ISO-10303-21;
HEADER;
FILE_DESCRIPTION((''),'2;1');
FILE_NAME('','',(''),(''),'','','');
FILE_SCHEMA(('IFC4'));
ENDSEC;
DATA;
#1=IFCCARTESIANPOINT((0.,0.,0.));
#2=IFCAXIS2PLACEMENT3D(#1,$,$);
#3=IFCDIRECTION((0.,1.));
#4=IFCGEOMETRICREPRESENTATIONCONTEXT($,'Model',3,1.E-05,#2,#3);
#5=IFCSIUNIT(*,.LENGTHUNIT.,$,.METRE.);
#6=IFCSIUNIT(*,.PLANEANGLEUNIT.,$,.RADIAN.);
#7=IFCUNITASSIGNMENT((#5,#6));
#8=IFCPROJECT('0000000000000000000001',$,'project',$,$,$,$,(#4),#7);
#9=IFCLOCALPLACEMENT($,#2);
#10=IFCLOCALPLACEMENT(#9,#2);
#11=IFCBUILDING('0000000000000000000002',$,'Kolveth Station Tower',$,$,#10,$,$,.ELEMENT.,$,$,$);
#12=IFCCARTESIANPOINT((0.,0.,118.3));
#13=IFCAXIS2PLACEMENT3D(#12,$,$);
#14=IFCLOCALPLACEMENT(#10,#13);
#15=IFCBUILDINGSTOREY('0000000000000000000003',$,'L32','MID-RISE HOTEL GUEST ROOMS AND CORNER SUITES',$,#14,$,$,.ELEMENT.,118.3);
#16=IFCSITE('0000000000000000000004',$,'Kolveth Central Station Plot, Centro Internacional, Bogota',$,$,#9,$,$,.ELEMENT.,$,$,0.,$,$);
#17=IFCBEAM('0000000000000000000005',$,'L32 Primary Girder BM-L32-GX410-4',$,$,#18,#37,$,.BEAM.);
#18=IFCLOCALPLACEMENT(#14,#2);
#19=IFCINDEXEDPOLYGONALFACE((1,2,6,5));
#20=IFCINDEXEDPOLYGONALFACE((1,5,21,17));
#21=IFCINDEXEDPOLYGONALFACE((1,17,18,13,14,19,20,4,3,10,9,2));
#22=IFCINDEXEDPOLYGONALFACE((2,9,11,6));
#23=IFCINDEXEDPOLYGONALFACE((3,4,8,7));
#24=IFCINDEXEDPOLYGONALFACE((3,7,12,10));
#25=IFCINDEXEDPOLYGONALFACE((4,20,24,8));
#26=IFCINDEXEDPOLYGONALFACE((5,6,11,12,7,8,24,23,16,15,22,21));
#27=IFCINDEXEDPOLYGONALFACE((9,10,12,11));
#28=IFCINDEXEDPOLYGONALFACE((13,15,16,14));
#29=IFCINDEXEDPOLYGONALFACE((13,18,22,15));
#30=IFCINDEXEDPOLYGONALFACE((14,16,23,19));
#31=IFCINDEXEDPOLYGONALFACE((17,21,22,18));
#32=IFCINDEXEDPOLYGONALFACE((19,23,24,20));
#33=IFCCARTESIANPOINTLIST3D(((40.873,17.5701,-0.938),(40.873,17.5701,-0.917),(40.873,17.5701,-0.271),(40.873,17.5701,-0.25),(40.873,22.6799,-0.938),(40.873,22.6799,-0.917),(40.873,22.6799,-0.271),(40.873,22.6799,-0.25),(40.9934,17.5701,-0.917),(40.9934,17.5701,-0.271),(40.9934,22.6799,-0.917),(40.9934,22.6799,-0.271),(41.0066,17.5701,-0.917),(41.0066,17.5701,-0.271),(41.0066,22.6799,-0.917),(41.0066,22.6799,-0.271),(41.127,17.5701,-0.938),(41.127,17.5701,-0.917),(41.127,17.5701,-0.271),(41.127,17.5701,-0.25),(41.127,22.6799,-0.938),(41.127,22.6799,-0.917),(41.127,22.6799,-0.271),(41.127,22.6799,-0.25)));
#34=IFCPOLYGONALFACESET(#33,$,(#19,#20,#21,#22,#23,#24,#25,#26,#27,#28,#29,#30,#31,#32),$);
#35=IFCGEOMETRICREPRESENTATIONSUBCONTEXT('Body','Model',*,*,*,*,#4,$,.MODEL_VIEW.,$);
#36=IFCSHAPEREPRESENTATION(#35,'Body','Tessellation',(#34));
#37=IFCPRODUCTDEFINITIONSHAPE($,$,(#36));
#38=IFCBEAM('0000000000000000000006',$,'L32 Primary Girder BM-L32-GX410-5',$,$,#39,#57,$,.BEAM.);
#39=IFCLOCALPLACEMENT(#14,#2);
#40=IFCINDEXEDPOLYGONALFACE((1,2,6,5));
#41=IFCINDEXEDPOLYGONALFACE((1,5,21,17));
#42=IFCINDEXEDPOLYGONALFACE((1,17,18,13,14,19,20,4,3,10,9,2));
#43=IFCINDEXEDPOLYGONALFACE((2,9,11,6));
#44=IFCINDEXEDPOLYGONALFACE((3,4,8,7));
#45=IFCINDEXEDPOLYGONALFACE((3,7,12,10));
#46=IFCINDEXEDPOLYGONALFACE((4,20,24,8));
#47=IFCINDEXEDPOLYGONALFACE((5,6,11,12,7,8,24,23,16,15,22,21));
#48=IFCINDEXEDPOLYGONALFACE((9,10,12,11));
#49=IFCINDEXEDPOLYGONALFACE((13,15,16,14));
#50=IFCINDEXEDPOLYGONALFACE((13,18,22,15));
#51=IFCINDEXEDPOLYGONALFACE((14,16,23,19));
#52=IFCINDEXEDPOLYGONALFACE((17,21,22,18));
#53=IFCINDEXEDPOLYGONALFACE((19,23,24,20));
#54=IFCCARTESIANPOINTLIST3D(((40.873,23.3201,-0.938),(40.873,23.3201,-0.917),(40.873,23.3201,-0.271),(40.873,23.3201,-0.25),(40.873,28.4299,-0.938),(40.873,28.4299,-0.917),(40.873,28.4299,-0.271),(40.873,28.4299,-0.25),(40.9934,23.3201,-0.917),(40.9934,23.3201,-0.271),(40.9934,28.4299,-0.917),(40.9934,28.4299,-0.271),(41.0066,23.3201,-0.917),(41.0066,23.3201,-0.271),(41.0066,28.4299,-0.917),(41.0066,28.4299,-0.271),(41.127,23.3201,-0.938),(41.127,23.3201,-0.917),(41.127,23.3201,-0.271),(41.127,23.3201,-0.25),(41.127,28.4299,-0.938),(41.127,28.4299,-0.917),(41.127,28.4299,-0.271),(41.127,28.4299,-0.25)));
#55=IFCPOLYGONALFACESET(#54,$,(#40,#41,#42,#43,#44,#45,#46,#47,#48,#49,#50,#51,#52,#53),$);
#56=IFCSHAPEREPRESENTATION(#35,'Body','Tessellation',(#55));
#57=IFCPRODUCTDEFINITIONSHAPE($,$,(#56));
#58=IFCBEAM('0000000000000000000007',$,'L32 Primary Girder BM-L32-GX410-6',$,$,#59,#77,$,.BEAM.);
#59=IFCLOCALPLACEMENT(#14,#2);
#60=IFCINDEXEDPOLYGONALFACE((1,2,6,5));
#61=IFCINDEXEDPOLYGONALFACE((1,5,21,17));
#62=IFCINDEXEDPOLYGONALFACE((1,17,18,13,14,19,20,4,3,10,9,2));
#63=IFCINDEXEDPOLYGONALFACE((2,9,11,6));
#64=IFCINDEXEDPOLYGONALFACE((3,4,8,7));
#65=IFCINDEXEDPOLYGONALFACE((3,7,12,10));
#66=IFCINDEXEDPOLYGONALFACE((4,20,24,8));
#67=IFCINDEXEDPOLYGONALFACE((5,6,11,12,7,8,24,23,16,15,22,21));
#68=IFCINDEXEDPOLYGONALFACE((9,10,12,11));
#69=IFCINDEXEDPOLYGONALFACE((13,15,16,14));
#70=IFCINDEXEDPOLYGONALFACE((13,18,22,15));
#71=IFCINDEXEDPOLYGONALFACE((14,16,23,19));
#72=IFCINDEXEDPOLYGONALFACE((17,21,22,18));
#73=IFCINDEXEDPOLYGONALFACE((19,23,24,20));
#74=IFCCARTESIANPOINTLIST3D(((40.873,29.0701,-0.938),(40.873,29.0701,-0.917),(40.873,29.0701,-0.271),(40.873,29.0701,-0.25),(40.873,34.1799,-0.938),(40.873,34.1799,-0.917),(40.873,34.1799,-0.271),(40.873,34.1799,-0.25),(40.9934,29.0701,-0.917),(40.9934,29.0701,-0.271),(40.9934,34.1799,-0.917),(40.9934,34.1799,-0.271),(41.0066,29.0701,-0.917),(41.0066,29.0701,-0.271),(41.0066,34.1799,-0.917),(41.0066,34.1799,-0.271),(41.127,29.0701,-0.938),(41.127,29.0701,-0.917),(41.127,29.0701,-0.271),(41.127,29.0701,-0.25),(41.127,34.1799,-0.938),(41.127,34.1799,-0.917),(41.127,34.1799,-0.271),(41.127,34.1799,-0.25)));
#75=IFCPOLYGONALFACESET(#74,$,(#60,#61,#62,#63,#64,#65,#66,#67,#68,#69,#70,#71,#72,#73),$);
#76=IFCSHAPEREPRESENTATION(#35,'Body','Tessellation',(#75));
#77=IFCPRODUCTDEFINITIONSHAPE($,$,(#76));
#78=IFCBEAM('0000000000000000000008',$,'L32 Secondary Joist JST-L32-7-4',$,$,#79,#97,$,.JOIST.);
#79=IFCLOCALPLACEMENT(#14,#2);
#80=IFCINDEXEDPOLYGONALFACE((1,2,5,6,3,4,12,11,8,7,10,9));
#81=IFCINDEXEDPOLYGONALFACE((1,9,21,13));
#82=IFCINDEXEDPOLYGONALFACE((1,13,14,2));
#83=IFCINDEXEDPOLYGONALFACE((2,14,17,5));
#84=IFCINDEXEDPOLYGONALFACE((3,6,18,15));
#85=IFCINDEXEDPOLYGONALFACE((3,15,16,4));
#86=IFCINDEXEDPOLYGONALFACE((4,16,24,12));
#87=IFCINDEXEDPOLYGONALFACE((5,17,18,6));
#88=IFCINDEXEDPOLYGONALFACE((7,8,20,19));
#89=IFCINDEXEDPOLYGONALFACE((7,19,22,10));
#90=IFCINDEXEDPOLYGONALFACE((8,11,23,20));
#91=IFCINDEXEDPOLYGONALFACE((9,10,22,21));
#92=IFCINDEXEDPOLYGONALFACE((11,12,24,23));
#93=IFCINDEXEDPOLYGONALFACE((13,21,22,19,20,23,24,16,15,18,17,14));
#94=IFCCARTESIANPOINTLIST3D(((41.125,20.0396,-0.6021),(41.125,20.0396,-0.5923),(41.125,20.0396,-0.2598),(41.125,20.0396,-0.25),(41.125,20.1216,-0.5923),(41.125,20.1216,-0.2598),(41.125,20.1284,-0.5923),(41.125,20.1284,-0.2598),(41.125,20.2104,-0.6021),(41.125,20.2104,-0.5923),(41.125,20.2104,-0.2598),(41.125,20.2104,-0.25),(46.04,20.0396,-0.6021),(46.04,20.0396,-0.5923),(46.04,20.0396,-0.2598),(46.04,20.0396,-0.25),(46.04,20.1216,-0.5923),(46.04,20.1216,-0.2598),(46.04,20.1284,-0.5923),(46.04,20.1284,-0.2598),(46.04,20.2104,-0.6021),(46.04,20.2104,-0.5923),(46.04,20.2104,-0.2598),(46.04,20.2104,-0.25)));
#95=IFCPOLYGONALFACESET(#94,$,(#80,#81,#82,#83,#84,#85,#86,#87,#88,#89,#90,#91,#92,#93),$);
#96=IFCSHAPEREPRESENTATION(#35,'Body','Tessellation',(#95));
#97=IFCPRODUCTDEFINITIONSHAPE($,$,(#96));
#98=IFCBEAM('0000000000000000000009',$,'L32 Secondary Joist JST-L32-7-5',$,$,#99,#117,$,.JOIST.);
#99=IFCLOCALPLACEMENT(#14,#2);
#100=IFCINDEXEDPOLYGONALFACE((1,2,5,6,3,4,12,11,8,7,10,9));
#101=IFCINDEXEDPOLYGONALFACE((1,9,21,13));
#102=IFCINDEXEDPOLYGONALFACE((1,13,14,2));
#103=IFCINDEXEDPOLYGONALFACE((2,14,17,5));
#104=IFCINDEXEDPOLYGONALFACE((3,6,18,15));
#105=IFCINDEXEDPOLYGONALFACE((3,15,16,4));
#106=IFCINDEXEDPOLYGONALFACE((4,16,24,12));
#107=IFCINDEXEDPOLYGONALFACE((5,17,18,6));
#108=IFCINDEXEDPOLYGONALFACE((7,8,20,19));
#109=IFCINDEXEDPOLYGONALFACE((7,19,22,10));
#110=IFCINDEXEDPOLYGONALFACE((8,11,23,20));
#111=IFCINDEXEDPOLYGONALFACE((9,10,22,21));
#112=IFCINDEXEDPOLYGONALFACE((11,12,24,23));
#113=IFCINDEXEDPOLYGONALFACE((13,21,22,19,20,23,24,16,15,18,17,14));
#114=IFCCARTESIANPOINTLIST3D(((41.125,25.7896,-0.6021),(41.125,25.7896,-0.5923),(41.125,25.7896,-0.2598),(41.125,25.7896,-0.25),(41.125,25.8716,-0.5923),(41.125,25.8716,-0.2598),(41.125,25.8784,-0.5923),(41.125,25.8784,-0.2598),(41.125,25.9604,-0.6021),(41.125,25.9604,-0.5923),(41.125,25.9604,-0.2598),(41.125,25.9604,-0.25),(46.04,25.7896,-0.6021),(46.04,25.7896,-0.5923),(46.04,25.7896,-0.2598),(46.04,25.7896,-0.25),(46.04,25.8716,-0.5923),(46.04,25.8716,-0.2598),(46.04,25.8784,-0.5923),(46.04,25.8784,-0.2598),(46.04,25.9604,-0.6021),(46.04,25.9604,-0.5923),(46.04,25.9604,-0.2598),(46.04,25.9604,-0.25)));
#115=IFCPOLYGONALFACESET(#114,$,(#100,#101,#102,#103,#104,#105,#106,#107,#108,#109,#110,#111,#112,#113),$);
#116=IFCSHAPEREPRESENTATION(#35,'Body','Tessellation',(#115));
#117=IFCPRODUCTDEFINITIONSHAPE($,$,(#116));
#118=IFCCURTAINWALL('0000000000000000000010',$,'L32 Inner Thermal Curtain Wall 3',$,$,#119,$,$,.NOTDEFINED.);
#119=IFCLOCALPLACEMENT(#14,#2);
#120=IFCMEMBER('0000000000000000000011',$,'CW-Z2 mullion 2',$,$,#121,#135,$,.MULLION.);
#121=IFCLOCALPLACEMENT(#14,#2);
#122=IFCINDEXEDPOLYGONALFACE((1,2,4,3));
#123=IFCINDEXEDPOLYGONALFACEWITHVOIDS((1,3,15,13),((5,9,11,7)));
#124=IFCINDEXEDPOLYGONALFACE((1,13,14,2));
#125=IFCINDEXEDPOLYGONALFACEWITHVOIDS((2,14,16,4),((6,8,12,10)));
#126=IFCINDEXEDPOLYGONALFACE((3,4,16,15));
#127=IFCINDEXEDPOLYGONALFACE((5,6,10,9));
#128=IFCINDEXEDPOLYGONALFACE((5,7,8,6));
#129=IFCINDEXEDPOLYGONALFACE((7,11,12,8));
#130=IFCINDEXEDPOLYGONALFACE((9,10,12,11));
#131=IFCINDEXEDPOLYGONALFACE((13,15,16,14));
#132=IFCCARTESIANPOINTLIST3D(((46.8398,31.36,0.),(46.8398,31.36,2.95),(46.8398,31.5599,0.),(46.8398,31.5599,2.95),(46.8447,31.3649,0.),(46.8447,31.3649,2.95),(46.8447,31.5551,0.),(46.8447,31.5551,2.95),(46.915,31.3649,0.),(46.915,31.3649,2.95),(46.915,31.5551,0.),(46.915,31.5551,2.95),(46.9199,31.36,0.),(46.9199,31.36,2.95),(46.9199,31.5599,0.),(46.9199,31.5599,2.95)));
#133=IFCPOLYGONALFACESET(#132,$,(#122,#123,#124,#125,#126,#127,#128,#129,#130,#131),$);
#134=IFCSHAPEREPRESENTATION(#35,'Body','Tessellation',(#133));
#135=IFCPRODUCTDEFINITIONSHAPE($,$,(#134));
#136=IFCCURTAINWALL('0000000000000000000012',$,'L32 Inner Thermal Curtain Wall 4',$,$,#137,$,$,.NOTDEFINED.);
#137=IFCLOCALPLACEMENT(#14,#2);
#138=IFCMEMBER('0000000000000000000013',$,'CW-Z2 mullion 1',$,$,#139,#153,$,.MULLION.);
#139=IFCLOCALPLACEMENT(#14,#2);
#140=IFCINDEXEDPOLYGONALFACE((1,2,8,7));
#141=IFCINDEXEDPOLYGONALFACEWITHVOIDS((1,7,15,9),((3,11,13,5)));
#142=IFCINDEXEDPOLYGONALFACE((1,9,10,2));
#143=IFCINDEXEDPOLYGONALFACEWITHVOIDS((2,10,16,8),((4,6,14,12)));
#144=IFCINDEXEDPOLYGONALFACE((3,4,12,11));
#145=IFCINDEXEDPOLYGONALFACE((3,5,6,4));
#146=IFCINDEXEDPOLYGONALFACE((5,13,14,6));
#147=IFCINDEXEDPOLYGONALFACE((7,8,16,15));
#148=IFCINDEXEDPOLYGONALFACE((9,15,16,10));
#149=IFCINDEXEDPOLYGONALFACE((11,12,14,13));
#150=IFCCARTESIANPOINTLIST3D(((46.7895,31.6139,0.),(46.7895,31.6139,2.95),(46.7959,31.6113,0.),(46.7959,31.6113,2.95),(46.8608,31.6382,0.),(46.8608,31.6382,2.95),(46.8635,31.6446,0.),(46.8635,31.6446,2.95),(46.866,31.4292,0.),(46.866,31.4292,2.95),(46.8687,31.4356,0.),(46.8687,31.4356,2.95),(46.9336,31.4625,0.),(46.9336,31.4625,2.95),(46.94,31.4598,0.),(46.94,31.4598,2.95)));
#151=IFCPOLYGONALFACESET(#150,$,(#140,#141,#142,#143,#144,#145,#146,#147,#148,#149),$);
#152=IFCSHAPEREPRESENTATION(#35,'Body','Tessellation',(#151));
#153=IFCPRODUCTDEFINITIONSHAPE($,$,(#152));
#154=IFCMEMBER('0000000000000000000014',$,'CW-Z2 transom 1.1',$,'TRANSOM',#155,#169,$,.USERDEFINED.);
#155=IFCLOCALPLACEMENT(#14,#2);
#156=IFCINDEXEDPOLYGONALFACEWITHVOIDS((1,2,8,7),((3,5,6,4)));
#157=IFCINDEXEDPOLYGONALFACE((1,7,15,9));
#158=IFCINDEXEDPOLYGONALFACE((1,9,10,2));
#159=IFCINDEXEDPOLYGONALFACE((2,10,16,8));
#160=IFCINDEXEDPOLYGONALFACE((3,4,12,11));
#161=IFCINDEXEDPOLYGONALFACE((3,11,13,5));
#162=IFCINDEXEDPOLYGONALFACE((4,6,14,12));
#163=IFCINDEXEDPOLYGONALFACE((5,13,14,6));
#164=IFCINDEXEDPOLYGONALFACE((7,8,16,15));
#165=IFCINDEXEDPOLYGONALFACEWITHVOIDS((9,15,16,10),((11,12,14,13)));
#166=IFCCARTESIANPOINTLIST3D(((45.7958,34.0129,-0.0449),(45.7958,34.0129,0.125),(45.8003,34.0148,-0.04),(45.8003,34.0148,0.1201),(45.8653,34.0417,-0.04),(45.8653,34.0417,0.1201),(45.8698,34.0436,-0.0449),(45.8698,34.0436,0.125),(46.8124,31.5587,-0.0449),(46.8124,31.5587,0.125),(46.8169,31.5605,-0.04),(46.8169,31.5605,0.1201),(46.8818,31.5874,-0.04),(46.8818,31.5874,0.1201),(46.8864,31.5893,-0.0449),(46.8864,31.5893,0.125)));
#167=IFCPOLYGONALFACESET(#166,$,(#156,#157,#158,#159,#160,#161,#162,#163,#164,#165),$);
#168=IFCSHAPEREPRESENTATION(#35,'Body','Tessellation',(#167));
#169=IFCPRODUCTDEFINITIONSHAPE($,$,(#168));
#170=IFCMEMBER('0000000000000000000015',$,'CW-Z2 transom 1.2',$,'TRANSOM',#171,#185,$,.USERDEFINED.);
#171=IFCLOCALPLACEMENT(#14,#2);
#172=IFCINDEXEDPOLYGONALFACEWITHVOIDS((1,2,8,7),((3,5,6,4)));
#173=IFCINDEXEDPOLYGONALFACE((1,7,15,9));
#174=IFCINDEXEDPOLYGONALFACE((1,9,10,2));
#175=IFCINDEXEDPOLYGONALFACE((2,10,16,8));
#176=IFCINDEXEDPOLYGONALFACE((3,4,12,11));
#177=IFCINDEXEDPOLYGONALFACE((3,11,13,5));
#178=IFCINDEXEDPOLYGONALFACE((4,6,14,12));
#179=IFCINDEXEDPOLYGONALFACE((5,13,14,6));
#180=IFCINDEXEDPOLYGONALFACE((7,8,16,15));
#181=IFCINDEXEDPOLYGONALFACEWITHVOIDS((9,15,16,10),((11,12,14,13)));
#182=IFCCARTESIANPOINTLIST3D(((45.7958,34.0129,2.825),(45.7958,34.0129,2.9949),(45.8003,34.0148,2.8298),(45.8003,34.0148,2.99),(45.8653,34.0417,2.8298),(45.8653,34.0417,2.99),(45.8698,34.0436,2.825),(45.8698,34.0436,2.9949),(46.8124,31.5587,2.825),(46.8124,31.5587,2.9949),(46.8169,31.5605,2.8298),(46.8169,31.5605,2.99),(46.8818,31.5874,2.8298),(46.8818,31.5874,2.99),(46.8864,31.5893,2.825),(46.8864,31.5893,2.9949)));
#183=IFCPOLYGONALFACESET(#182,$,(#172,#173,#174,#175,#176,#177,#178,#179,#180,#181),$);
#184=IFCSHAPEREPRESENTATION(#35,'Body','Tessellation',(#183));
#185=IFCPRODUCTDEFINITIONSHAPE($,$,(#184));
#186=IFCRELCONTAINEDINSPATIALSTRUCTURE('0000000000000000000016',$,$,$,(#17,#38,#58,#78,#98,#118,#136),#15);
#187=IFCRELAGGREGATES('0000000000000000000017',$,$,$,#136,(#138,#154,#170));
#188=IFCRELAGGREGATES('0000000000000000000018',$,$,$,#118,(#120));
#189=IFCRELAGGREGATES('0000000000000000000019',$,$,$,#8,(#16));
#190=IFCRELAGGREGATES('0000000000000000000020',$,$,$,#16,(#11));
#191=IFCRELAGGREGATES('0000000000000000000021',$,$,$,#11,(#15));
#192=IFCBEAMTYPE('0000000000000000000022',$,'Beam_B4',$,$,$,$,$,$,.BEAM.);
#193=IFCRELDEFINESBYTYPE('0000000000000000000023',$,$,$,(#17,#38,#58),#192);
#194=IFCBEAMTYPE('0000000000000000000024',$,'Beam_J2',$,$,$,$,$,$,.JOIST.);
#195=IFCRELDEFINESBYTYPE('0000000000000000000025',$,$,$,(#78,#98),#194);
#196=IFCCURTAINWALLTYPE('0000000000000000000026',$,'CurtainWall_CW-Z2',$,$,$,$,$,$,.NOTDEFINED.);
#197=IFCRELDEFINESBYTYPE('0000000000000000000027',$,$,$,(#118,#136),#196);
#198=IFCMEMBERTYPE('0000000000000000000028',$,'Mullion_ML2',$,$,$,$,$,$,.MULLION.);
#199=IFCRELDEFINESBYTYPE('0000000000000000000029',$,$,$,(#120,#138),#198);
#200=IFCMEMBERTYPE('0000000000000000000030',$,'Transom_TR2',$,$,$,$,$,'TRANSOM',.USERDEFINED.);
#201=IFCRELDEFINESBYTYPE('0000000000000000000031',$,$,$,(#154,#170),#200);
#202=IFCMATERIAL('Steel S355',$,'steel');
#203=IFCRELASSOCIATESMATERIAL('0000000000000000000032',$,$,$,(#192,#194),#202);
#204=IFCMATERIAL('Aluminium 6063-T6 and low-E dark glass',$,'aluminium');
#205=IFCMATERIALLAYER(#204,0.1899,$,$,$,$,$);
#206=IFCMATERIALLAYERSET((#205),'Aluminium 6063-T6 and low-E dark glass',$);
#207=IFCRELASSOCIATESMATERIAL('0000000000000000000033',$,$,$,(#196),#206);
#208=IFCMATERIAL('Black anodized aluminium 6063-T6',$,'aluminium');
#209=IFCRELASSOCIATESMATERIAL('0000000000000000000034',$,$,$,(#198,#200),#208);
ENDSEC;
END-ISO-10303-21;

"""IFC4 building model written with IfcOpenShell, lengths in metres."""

from ifc_helpers import new_model, si_unit, direction, frame, origin, origin_2d, place, context, subcontext, project, spatial, hollow_rectangle, i_section, extrude, source, transform, mapped, material, layer, layer_set, material_profile, profile_set, type_object, element, aggregate, save


model = new_model("IFC4")

# Units and contexts
model_context = context("Model", 3, precision=1e-05, world=origin(), true_north=direction((0.0, 1.0)))
body_context = subcontext(model_context, "Body", "Model", "MODEL_VIEW")
ifc_project = project(units=[si_unit("LENGTHUNIT", "METRE"), si_unit("PLANEANGLEUNIT", "RADIAN")], contexts=[model_context])

# Site, building, storey
site_placement = place(None, origin())
site = spatial("IfcSite", under=ifc_project, at=site_placement, Name="Kolveth Central Station Plot, Centro Internacional, Bogota", CompositionType="ELEMENT", RefElevation=0.0)
building_placement = place(site_placement, origin())
building = spatial("IfcBuilding", under=site, at=building_placement, Name="Kolveth Station Tower", CompositionType="ELEMENT")
storey_placement = place(building_placement, frame((0.0, 0.0, 118.3)))
storey = spatial("IfcBuildingStorey", under=building, at=storey_placement, Name="L32", Description="MID-RISE HOTEL GUEST ROOMS AND CORNER SUITES", CompositionType="ELEMENT", Elevation=118.3)

# Beams
ifc_material_1 = material(Name="Steel S355", Category="steel")
ifc_material_profile_1 = material_profile(ifc_material_1, i_section(OverallWidth=0.2539, OverallDepth=0.688, WebThickness=0.0132, FlangeThickness=0.021, at=origin_2d()), Name="W690x152")
ifc_profile_set_1 = profile_set([ifc_material_profile_1], Name="Steel S355")
beam_type_1 = type_object("IfcBeamType", Name="Beam_B4", PredefinedType="BEAM", material=ifc_profile_set_1)
shared_shape_1 = source(origin(), body_context, "Body", "SweptSolid", [
    extrude(i_section(OverallWidth=0.2539, OverallDepth=0.688, WebThickness=0.0132, FlangeThickness=0.021, at=origin_2d()), origin(), (0.0, 0.0, 1.0), 5.1099),
])
for number, where, z_axis, x_axis, name in (
    (1, (41.0, 17.5701, -0.594), (0.0, 1.0, 0.0), (-1.0, 0.0, 0.0), "L32 Primary Girder BM-L32-GX410-4"),
    (2, (41.0, 23.3201, -0.594), (0.0, 1.0, 0.0), (-1.0, 0.0, 0.0), "L32 Primary Girder BM-L32-GX410-5"),
    (3, (41.0, 29.0701, -0.594), (0.0, 1.0, 0.0), (-1.0, 0.0, 0.0), "L32 Primary Girder BM-L32-GX410-6"),
):
    element("IfcBeam", number, at=place(storey_placement, frame(where, z_axis=z_axis, x_axis=x_axis)), inside=storey, type_object=beam_type_1, Name=name, PredefinedType="BEAM", context=body_context, shape_type="MappedRepresentation", body=[
        mapped(shared_shape_1, transform((0.0, 0.0, 0.0), x_axis=(1.0, 0.0, 0.0), y_axis=(0.0, 1.0, 0.0), z_axis=(0.0, 0.0, 1.0), scale=1.0)),
    ])
ifc_material_profile_2 = material_profile(ifc_material_1, i_section(OverallWidth=0.1709, OverallDepth=0.3521, WebThickness=0.0068, FlangeThickness=0.0098, at=origin_2d()), Name="W360x44")
ifc_profile_set_2 = profile_set([ifc_material_profile_2], Name="Steel S355")
beam_type_2 = type_object("IfcBeamType", Name="Beam_J2", PredefinedType="JOIST", material=ifc_profile_set_2)
shared_shape_2 = source(origin(), body_context, "Body", "SweptSolid", [
    extrude(i_section(OverallWidth=0.1709, OverallDepth=0.3521, WebThickness=0.0068, FlangeThickness=0.0098, at=origin_2d()), origin(), (0.0, 0.0, 1.0), 4.915),
])
for number, where, z_axis, x_axis, name in (
    (4, (41.125, 20.125, -0.426), (1.0, 0.0, 0.0), (0.0, 1.0, 0.0), "L32 Secondary Joist JST-L32-7-4"),
    (5, (41.125, 25.875, -0.426), (1.0, 0.0, 0.0), (0.0, 1.0, 0.0), "L32 Secondary Joist JST-L32-7-5"),
):
    element("IfcBeam", number, at=place(storey_placement, frame(where, z_axis=z_axis, x_axis=x_axis)), inside=storey, type_object=beam_type_2, Name=name, PredefinedType="JOIST", context=body_context, shape_type="MappedRepresentation", body=[
        mapped(shared_shape_2, transform((0.0, 0.0, 0.0), x_axis=(1.0, 0.0, 0.0), y_axis=(0.0, 1.0, 0.0), z_axis=(0.0, 0.0, 1.0), scale=1.0)),
    ])

# Curtain wall, member
ifc_material_2 = material(Name="Aluminium 6063-T6 and low-E dark glass", Category="aluminium")
ifc_layer_1 = layer(ifc_material_2, 0.1899)
ifc_layer_set_1 = layer_set([ifc_layer_1], Name="Aluminium 6063-T6 and low-E dark glass")
curtain_wall_type = type_object("IfcCurtainWallType", Name="CurtainWall_CW-Z2", PredefinedType="NOTDEFINED", material=ifc_layer_set_1)
curtain_wall_1_placement = place(storey_placement, origin())
curtain_wall_1 = element("IfcCurtainWall", 6, at=curtain_wall_1_placement, inside=storey, type_object=curtain_wall_type, Name="L32 Inner Thermal Curtain Wall 3", PredefinedType="NOTDEFINED")
ifc_material_3 = material(Name="Black anodized aluminium 6063-T6", Category="aluminium")
ifc_material_profile_3 = material_profile(ifc_material_3, hollow_rectangle(XDim=0.0801, YDim=0.2, WallThickness=0.0049, at=origin_2d()), Name="ALU-80x200x5")
ifc_profile_set_3 = profile_set([ifc_material_profile_3], Name="Black anodized aluminium 6063-T6")
member_type_1 = type_object("IfcMemberType", Name="Mullion_ML2", PredefinedType="MULLION", material=ifc_profile_set_3)
shared_shape_3 = source(origin(), body_context, "Body", "SweptSolid", [
    extrude(hollow_rectangle(XDim=0.0801, YDim=0.2, WallThickness=0.0049, at=origin_2d()), origin(), (0.0, 0.0, 1.0), 2.95),
])
member_1_placement = place(storey_placement, frame((46.8799, 31.46, 0.0), z_axis=(0.0, 0.0, 1.0), x_axis=(-1.0, 0.0, 0.0)))
member_1 = element("IfcMember", 7, at=member_1_placement, type_object=member_type_1, Name="CW-Z2 mullion 2", PredefinedType="MULLION", context=body_context, shape_type="MappedRepresentation", body=[
    mapped(shared_shape_3, transform((0.0, 0.0, 0.0), x_axis=(1.0, 0.0, 0.0), y_axis=(0.0, 1.0, 0.0), z_axis=(0.0, 0.0, 1.0), scale=1.0)),
])

# Curtain wall, members
curtain_wall_2_placement = place(storey_placement, origin())
curtain_wall_2 = element("IfcCurtainWall", 8, at=curtain_wall_2_placement, inside=storey, type_object=curtain_wall_type, Name="L32 Inner Thermal Curtain Wall 4", PredefinedType="NOTDEFINED")
member_2_placement = place(storey_placement, frame((46.8647, 31.5369, 0.0), z_axis=(0.0, 0.0, 1.0), x_axis=(-0.923888, -0.382663, 0.0)))
member_2 = element("IfcMember", 9, at=member_2_placement, type_object=member_type_1, Name="CW-Z2 mullion 1", PredefinedType="MULLION", context=body_context, shape_type="MappedRepresentation", body=[
    mapped(shared_shape_3, transform((0.0, 0.0, 0.0), x_axis=(1.0, 0.0, 0.0), y_axis=(0.0, 1.0, 0.0), z_axis=(0.0, 0.0, 1.0), scale=1.0)),
])
ifc_material_profile_4 = material_profile(ifc_material_3, hollow_rectangle(XDim=0.0801, YDim=0.1699, WallThickness=0.0049, at=origin_2d()), Name="ALU-80x170x5")
ifc_profile_set_4 = profile_set([ifc_material_profile_4], Name="Black anodized aluminium 6063-T6")
member_type_2 = type_object("IfcMemberType", Name="Transom_TR2", ElementType="TRANSOM", PredefinedType="USERDEFINED", material=ifc_profile_set_4)
shared_shape_4 = source(origin(), body_context, "Body", "SweptSolid", [
    extrude(hollow_rectangle(XDim=0.0801, YDim=0.1699, WallThickness=0.0049, at=origin_2d()), origin(), (0.0, 0.0, 1.0), 2.6565),
])
member_3_placement = place(storey_placement, frame((46.8494, 31.574, 0.04), z_axis=(-0.382676, 0.923882, 0.0), x_axis=(-0.923882, -0.382676, 0.0)))
member_3 = element("IfcMember", 10, at=member_3_placement, type_object=member_type_2, Name="CW-Z2 transom 1.1", ObjectType="TRANSOM", PredefinedType="USERDEFINED", context=body_context, shape_type="MappedRepresentation", body=[
    mapped(shared_shape_4, transform((0.0, 0.0, 0.0), x_axis=(1.0, 0.0, 0.0), y_axis=(0.0, 1.0, 0.0), z_axis=(0.0, 0.0, 1.0), scale=1.0)),
])
member_4_placement = place(storey_placement, frame((46.8494, 31.574, 2.9099), z_axis=(-0.382676, 0.923882, 0.0), x_axis=(-0.923882, -0.382676, 0.0)))
member_4 = element("IfcMember", 11, at=member_4_placement, type_object=member_type_2, Name="CW-Z2 transom 1.2", ObjectType="TRANSOM", PredefinedType="USERDEFINED", context=body_context, shape_type="MappedRepresentation", body=[
    mapped(shared_shape_4, transform((0.0, 0.0, 0.0), x_axis=(1.0, 0.0, 0.0), y_axis=(0.0, 1.0, 0.0), z_axis=(0.0, 0.0, 1.0), scale=1.0)),
])
aggregate(curtain_wall_2, [member_2, member_3, member_4])

aggregate(curtain_wall_1, [member_1])

save(model, "model.ifc")
